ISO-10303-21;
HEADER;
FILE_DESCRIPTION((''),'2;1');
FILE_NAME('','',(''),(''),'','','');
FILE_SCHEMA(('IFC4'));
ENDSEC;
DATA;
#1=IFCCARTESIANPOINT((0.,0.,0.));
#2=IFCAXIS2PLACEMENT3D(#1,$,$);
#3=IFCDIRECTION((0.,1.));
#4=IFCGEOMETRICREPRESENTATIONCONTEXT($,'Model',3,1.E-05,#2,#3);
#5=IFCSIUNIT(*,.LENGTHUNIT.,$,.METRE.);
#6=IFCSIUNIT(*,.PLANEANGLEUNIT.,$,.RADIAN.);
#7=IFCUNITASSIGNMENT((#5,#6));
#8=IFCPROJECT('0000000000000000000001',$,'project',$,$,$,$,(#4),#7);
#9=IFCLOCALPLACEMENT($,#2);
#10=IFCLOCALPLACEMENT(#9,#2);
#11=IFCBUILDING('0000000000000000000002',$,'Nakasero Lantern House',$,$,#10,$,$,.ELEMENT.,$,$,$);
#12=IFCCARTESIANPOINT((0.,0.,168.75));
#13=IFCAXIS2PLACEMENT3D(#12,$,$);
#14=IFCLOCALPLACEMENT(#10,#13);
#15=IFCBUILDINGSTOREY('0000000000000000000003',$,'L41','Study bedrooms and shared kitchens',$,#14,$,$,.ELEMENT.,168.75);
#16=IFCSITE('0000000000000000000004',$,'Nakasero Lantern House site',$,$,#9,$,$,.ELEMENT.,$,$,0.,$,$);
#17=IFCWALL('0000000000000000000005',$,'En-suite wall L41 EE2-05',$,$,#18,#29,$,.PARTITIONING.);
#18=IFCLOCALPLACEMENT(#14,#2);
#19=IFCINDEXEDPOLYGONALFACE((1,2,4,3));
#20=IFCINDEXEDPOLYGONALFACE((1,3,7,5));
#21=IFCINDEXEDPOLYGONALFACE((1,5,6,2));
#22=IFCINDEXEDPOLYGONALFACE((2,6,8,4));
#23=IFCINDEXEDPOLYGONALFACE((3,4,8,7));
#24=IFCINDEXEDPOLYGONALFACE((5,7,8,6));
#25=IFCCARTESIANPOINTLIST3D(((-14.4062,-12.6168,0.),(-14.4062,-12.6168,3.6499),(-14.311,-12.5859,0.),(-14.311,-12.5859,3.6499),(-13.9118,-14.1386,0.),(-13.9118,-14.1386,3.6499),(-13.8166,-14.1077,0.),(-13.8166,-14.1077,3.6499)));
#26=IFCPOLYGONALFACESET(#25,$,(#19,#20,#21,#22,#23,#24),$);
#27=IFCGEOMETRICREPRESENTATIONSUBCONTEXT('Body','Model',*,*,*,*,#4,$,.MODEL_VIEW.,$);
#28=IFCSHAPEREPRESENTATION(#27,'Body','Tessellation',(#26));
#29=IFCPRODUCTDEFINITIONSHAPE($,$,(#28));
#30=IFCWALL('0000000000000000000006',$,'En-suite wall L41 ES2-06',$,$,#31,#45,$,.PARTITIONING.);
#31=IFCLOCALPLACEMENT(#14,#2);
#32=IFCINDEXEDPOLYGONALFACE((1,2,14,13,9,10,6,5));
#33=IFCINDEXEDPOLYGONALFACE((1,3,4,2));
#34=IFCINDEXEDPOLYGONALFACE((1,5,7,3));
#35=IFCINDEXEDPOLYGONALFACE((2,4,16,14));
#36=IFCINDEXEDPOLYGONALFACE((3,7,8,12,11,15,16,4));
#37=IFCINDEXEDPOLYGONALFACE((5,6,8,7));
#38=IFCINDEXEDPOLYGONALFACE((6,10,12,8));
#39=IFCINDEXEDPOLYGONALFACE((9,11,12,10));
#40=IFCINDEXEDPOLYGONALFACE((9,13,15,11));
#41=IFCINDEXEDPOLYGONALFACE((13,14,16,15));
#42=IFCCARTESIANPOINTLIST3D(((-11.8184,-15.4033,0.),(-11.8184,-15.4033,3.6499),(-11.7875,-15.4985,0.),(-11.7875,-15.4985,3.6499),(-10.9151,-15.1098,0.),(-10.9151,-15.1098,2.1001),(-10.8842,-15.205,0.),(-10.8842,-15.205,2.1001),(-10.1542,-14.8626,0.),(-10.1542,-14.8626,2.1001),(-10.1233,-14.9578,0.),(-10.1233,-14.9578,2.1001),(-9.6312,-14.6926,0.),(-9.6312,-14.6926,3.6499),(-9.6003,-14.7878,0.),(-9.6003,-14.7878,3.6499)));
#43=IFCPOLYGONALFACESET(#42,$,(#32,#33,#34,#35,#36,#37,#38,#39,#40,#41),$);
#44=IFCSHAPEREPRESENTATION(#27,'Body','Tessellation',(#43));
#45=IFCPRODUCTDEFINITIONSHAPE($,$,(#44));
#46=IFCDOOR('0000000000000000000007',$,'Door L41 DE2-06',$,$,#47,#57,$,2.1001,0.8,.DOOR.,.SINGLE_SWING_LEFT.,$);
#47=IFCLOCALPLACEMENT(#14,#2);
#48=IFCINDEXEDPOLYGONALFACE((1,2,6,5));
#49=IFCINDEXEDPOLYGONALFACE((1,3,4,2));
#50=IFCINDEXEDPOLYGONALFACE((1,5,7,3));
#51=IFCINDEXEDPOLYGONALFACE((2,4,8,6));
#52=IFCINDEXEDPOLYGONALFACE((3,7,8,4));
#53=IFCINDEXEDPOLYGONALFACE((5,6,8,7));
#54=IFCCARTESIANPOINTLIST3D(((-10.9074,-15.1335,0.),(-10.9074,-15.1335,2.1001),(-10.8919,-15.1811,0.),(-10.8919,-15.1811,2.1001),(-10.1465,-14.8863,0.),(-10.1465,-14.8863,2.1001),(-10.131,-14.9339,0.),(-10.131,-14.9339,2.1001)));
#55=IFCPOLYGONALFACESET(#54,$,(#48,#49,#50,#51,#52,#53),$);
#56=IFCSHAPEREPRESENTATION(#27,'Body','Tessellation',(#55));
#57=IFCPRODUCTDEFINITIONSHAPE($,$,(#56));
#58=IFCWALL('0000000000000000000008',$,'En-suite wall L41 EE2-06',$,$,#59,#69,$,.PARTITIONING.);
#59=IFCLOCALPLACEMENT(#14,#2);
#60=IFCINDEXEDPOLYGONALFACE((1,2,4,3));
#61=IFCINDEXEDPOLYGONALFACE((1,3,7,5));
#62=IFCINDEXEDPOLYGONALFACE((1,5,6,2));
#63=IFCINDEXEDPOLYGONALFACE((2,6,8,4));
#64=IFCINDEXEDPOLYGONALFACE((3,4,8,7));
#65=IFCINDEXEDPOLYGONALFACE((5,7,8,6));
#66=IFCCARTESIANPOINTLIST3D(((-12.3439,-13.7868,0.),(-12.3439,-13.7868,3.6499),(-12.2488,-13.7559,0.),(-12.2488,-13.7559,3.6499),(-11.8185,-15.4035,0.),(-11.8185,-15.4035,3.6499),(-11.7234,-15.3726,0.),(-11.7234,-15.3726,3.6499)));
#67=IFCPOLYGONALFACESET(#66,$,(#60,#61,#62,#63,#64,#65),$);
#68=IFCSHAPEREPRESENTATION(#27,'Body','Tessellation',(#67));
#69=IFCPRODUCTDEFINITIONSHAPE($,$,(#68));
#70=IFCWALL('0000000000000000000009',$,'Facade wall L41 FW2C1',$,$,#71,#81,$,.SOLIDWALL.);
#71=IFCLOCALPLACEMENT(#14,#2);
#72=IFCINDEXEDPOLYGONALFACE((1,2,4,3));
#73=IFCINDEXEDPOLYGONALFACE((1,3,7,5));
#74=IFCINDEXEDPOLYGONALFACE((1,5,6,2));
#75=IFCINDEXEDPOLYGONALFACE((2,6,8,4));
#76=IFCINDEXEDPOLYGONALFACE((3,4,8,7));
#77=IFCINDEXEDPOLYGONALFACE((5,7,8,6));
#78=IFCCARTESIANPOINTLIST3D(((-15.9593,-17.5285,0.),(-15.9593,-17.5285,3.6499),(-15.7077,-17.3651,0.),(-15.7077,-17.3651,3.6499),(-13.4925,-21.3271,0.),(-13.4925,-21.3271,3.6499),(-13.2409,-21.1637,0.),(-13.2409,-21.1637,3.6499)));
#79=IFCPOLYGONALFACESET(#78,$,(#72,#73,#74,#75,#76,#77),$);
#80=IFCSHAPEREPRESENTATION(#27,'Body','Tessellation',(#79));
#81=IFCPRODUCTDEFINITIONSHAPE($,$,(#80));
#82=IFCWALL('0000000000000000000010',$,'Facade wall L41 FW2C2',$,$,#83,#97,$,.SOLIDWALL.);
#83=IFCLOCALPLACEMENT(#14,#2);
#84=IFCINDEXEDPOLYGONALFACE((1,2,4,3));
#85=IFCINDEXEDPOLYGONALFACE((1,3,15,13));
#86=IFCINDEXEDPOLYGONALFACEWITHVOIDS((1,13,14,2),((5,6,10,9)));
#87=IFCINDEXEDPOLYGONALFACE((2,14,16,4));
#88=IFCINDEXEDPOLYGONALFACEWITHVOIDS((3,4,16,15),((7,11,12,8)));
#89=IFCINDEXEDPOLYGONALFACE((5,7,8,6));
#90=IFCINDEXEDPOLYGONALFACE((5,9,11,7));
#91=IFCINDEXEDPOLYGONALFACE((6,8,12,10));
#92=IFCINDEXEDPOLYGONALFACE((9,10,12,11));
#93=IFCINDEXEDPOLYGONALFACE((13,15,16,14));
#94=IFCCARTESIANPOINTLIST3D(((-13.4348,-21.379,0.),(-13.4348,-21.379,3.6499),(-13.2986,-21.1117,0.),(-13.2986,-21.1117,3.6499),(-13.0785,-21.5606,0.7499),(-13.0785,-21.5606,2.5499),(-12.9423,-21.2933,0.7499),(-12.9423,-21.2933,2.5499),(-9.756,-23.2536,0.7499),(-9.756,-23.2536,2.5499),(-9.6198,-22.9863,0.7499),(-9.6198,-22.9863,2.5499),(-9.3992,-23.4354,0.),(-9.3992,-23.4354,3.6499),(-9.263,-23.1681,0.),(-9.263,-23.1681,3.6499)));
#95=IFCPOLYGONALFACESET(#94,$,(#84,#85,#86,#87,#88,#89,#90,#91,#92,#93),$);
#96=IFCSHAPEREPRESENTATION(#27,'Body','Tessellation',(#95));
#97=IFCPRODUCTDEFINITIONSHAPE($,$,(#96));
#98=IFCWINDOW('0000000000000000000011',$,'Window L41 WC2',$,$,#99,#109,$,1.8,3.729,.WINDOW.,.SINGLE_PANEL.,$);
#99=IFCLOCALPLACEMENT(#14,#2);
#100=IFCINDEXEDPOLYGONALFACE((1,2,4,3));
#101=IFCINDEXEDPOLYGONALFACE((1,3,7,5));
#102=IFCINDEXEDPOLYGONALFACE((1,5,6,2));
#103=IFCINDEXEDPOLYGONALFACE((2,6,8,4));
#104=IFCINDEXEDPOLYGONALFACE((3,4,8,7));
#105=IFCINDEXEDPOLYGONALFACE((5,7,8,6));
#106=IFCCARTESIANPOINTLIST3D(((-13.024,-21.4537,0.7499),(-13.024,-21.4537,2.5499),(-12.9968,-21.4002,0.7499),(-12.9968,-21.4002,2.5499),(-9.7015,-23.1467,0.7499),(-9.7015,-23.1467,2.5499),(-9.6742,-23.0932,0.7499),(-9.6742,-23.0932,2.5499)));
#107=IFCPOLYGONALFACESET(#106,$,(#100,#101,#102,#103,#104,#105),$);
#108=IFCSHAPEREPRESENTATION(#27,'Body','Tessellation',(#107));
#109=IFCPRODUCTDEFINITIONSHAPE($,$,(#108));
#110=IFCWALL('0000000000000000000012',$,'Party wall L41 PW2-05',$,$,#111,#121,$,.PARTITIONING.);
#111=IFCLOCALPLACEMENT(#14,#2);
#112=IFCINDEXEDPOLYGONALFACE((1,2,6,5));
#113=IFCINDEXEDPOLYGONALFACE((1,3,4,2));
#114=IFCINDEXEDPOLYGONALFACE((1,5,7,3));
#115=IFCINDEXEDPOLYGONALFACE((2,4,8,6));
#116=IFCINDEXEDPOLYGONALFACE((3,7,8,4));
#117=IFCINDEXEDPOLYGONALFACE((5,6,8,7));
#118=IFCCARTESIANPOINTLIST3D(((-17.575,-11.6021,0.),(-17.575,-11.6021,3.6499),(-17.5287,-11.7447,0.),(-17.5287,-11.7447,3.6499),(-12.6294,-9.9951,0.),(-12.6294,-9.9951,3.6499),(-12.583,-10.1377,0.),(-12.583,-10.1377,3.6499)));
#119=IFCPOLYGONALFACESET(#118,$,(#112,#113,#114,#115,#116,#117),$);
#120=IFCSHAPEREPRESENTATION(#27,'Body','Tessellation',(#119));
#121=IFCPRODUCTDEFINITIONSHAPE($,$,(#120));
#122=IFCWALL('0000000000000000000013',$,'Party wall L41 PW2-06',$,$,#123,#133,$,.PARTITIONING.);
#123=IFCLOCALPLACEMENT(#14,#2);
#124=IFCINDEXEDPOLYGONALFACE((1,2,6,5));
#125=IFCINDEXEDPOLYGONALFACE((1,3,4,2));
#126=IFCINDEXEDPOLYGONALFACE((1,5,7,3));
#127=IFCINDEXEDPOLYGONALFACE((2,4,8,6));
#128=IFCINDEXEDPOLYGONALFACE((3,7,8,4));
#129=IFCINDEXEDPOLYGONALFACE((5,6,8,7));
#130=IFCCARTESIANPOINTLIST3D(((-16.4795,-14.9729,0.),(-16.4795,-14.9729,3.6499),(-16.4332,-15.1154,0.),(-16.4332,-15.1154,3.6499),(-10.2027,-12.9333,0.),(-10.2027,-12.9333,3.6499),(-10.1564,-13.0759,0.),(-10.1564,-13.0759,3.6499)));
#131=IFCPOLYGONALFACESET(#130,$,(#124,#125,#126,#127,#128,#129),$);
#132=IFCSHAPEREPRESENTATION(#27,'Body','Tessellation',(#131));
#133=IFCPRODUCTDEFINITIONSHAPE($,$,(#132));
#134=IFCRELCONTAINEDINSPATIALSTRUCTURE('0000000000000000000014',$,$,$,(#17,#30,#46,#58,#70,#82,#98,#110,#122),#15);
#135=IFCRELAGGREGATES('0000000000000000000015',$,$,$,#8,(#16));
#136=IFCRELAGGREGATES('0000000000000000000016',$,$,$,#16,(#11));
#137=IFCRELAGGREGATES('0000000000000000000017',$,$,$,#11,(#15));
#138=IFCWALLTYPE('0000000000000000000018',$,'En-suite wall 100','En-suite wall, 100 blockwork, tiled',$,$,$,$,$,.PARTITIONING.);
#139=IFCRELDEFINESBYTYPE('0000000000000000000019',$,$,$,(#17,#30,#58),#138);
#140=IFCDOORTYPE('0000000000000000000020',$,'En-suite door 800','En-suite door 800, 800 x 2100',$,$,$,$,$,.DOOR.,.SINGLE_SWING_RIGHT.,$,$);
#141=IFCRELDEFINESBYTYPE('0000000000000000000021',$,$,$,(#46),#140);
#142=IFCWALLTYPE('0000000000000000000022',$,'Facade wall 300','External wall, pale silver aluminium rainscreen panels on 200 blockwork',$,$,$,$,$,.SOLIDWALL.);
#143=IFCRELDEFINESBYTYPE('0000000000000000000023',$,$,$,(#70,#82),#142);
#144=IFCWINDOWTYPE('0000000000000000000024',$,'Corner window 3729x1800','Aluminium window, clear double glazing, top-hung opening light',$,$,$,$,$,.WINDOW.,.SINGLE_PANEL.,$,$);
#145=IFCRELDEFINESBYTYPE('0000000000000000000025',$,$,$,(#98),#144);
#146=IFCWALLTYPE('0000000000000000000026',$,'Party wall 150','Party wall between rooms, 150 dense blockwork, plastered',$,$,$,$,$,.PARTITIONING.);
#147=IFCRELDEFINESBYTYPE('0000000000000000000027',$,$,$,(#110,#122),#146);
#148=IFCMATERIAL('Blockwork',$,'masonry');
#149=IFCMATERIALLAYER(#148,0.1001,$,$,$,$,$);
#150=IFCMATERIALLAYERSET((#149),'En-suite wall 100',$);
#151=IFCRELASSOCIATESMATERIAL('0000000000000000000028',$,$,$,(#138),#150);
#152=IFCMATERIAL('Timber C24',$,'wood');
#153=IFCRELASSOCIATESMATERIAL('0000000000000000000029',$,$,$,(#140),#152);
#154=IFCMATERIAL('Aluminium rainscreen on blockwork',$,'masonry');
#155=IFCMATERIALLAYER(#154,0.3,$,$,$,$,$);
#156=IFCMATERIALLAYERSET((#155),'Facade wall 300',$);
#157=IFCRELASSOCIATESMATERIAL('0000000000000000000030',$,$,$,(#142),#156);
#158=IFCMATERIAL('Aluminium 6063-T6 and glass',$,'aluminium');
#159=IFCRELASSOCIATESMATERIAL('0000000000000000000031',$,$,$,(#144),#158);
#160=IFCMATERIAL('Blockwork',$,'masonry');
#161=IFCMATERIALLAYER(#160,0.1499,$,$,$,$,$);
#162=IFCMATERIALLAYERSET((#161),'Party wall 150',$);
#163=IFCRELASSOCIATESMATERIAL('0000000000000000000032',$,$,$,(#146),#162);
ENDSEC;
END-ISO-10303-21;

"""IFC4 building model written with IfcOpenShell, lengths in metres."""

from ifc_helpers import new_model, si_unit, direction, frame, frame_2d, origin, place, context, subcontext, project, spatial, rectangle, extrude, material, layer, layer_set, type_object, element, fill, save


model = new_model("IFC4")

# Units and contexts
model_context = context("Model", 3, precision=1e-05, world=origin(), true_north=direction((0.0, 1.0)))
body_context = subcontext(model_context, "Body", "Model", "MODEL_VIEW")
ifc_project = project(units=[si_unit("LENGTHUNIT", "METRE"), si_unit("PLANEANGLEUNIT", "RADIAN")], contexts=[model_context])

# Site, building, storey
site_placement = place(None, origin())
site = spatial("IfcSite", under=ifc_project, at=site_placement, Name="Nakasero Lantern House site", CompositionType="ELEMENT", RefElevation=0.0)
building_placement = place(site_placement, origin())
building = spatial("IfcBuilding", under=site, at=building_placement, Name="Nakasero Lantern House", CompositionType="ELEMENT")
storey_placement = place(building_placement, frame((0.0, 0.0, 168.75)))
storey = spatial("IfcBuildingStorey", under=building, at=storey_placement, Name="L41", Description="Study bedrooms and shared kitchens", CompositionType="ELEMENT", Elevation=168.75)

# Shared definitions
ifc_material_1 = material(Name="Blockwork", Category="masonry")
ifc_layer_1 = layer(ifc_material_1, 0.1001)
ifc_layer_set_1 = layer_set([ifc_layer_1], Name="En-suite wall 100")
wall_type_1 = type_object("IfcWallType", Name="En-suite wall 100", Description="En-suite wall, 100 blockwork, tiled", PredefinedType="PARTITIONING", material=ifc_layer_set_1)
ifc_material_2 = material(Name="Timber C24", Category="wood")
door_type = type_object("IfcDoorType", Name="En-suite door 800", Description="En-suite door 800, 800 x 2100", OperationType="SINGLE_SWING_RIGHT", PredefinedType="DOOR", material=ifc_material_2)

# Wall
wall_1_placement = place(storey_placement, frame((-14.3586, -12.6013, 0.0), z_axis=(0.0, 0.0, 1.0), x_axis=(0.308986, -0.951067, 0.0)))
element("IfcWall", 1, at=wall_1_placement, inside=storey, type_object=wall_type_1, Name="En-suite wall L41 EE2-05", PredefinedType="PARTITIONING", context=body_context, shape_type="SweptSolid", body=[
    extrude(rectangle(XDim=1.6001, YDim=0.1001, at=frame_2d((0.8, 0.0))), origin(), (0.0, 0.0, 1.0), 3.6499),
])

# Wall, opening, door
wall_2_placement = place(storey_placement, frame((-9.6157, -14.7402, 0.0), z_axis=(0.0, 0.0, 1.0), x_axis=(-0.951055, -0.309021, 0.0)))
wall_2 = element("IfcWall", 2, at=wall_2_placement, inside=storey, type_object=wall_type_1, Name="En-suite wall L41 ES2-06", PredefinedType="PARTITIONING", context=body_context, shape_type="SweptSolid", body=[
    extrude(rectangle(XDim=2.2998, YDim=0.1001, at=frame_2d((1.1499, 0.0))), origin(), (0.0, 0.0, 1.0), 3.6499),
])
opening_1_placement = place(wall_2_placement, frame((0.55, 0.0, 0.0)))
opening_1 = element("IfcOpeningElement", 3, at=opening_1_placement, cuts=wall_2, PredefinedType="OPENING", context=body_context, shape_type="SweptSolid", body=[
    extrude(rectangle(XDim=0.8, YDim=2.1001, at=frame_2d((0.3999, 1.05))), frame((0.0, 0.0701, 0.0), z_axis=(0.0, -1.0, 0.0), x_axis=(1.0, 0.0, 0.0)), (0.0, 0.0, 1.0), 0.1401),
])
door_1_placement = place(opening_1_placement, origin())
door_1 = element("IfcDoor", 4, at=door_1_placement, inside=storey, type_object=door_type, Name="Door L41 DE2-06", OperationType="SINGLE_SWING_LEFT", OverallHeight=2.1001, OverallWidth=0.8, PredefinedType="DOOR", context=body_context, shape_type="SweptSolid", body=[
    extrude(rectangle(XDim=0.8, YDim=2.1001, at=frame_2d((0.3999, 1.05))), frame((0.0, 0.0249, 0.0), z_axis=(0.0, -1.0, 0.0), x_axis=(1.0, 0.0, 0.0)), (0.0, 0.0, 1.0), 0.05),
])
fill(opening_1, door_1)

# Walls
wall_3_placement = place(storey_placement, frame((-12.2964, -13.7712, 0.0), z_axis=(0.0, 0.0, 1.0), x_axis=(0.309067, -0.95104, 0.0)))
element("IfcWall", 5, at=wall_3_placement, inside=storey, type_object=wall_type_1, Name="En-suite wall L41 EE2-06", PredefinedType="PARTITIONING", context=body_context, shape_type="SweptSolid", body=[
    extrude(rectangle(XDim=1.7, YDim=0.1001, at=frame_2d((0.8501, 0.0))), origin(), (0.0, 0.0, 1.0), 3.6499),
])
ifc_material_3 = material(Name="Aluminium rainscreen on blockwork", Category="masonry")
ifc_layer_2 = layer(ifc_material_3, 0.3)
ifc_layer_set_2 = layer_set([ifc_layer_2], Name="Facade wall 300")
wall_type_2 = type_object("IfcWallType", Name="Facade wall 300", Description="External wall, pale silver aluminium rainscreen panels on 200 blockwork", PredefinedType="SOLIDWALL", material=ifc_layer_set_2)
wall_4_placement = place(storey_placement, frame((-15.8335, -17.4468, 0.0), z_axis=(0.0, 0.0, 1.0), x_axis=(0.544634, -0.838674, 0.0)))
element("IfcWall", 6, at=wall_4_placement, inside=storey, type_object=wall_type_2, Name="Facade wall L41 FW2C1", PredefinedType="SOLIDWALL", context=body_context, shape_type="SweptSolid", body=[
    extrude(rectangle(XDim=4.5293, YDim=0.3, at=frame_2d((2.2646, 0.0))), origin(), (0.0, 0.0, 1.0), 3.6499),
])

# Wall, opening, window
wall_5_placement = place(storey_placement, frame((-13.3667, -21.2454, 0.0), z_axis=(0.0, 0.0, 1.0), x_axis=(0.890995, -0.454014, 0.0)))
wall_5 = element("IfcWall", 7, at=wall_5_placement, inside=storey, type_object=wall_type_2, Name="Facade wall L41 FW2C2", PredefinedType="SOLIDWALL", context=body_context, shape_type="SweptSolid", body=[
    extrude(rectangle(XDim=4.5293, YDim=0.3, at=frame_2d((2.2646, 0.0))), origin(), (0.0, 0.0, 1.0), 3.6499),
])
opening_2_placement = place(wall_5_placement, frame((0.3999, 0.0, 0.75)))
opening_2 = element("IfcOpeningElement", 8, at=opening_2_placement, cuts=wall_5, PredefinedType="OPENING", context=body_context, shape_type="SweptSolid", body=[
    extrude(rectangle(XDim=3.729, YDim=1.8, at=frame_2d((1.8645, 0.8999))), frame((0.0, 0.1699, 0.0), z_axis=(0.0, -1.0, 0.0), x_axis=(1.0, 0.0, 0.0)), (0.0, 0.0, 1.0), 0.3401),
])
ifc_material_4 = material(Name="Aluminium 6063-T6 and glass", Category="aluminium")
window_type = type_object("IfcWindowType", Name="Corner window 3729x1800", Description="Aluminium window, clear double glazing, top-hung opening light", PartitioningType="SINGLE_PANEL", PredefinedType="WINDOW", material=ifc_material_4)
window_placement = place(opening_2_placement, origin())
window = element("IfcWindow", 9, at=window_placement, inside=storey, type_object=window_type, Name="Window L41 WC2", OverallHeight=1.8, OverallWidth=3.729, PartitioningType="SINGLE_PANEL", PredefinedType="WINDOW", context=body_context, shape_type="SweptSolid", body=[
    extrude(rectangle(XDim=3.729, YDim=1.8, at=frame_2d((1.8645, 0.8999))), frame((0.0, 0.03, 0.0), z_axis=(0.0, -1.0, 0.0), x_axis=(1.0, 0.0, 0.0)), (0.0, 0.0, 1.0), 0.0601),
])
fill(opening_2, window)

# Walls
ifc_material_5 = material(Name="Blockwork", Category="masonry")
ifc_layer_3 = layer(ifc_material_5, 0.1499)
ifc_layer_set_3 = layer_set([ifc_layer_3], Name="Party wall 150")
wall_type_3 = type_object("IfcWallType", Name="Party wall 150", Description="Party wall between rooms, 150 dense blockwork, plastered", PredefinedType="PARTITIONING", material=ifc_layer_set_3)
wall_6_placement = place(storey_placement, frame((-12.6062, -10.0664, 0.0), z_axis=(0.0, 0.0, 1.0), x_axis=(-0.951055, -0.309021, 0.0)))
element("IfcWall", 10, at=wall_6_placement, inside=storey, type_object=wall_type_3, Name="Party wall L41 PW2-05", PredefinedType="PARTITIONING", context=body_context, shape_type="SweptSolid", body=[
    extrude(rectangle(XDim=5.2002, YDim=0.1499, at=frame_2d((2.6001, 0.0))), origin(), (0.0, 0.0, 1.0), 3.6499),
])
wall_7_placement = place(storey_placement, frame((-10.1797, -13.0046, 0.0), z_axis=(0.0, 0.0, 1.0), x_axis=(-0.951053, -0.309028, 0.0)))
element("IfcWall", 11, at=wall_7_placement, inside=storey, type_object=wall_type_3, Name="Party wall L41 PW2-06", PredefinedType="PARTITIONING", context=body_context, shape_type="SweptSolid", body=[
    extrude(rectangle(XDim=6.5999, YDim=0.1499, at=frame_2d((3.2998, 0.0))), origin(), (0.0, 0.0, 1.0), 3.6499),
])

save(model, "model.ifc")
